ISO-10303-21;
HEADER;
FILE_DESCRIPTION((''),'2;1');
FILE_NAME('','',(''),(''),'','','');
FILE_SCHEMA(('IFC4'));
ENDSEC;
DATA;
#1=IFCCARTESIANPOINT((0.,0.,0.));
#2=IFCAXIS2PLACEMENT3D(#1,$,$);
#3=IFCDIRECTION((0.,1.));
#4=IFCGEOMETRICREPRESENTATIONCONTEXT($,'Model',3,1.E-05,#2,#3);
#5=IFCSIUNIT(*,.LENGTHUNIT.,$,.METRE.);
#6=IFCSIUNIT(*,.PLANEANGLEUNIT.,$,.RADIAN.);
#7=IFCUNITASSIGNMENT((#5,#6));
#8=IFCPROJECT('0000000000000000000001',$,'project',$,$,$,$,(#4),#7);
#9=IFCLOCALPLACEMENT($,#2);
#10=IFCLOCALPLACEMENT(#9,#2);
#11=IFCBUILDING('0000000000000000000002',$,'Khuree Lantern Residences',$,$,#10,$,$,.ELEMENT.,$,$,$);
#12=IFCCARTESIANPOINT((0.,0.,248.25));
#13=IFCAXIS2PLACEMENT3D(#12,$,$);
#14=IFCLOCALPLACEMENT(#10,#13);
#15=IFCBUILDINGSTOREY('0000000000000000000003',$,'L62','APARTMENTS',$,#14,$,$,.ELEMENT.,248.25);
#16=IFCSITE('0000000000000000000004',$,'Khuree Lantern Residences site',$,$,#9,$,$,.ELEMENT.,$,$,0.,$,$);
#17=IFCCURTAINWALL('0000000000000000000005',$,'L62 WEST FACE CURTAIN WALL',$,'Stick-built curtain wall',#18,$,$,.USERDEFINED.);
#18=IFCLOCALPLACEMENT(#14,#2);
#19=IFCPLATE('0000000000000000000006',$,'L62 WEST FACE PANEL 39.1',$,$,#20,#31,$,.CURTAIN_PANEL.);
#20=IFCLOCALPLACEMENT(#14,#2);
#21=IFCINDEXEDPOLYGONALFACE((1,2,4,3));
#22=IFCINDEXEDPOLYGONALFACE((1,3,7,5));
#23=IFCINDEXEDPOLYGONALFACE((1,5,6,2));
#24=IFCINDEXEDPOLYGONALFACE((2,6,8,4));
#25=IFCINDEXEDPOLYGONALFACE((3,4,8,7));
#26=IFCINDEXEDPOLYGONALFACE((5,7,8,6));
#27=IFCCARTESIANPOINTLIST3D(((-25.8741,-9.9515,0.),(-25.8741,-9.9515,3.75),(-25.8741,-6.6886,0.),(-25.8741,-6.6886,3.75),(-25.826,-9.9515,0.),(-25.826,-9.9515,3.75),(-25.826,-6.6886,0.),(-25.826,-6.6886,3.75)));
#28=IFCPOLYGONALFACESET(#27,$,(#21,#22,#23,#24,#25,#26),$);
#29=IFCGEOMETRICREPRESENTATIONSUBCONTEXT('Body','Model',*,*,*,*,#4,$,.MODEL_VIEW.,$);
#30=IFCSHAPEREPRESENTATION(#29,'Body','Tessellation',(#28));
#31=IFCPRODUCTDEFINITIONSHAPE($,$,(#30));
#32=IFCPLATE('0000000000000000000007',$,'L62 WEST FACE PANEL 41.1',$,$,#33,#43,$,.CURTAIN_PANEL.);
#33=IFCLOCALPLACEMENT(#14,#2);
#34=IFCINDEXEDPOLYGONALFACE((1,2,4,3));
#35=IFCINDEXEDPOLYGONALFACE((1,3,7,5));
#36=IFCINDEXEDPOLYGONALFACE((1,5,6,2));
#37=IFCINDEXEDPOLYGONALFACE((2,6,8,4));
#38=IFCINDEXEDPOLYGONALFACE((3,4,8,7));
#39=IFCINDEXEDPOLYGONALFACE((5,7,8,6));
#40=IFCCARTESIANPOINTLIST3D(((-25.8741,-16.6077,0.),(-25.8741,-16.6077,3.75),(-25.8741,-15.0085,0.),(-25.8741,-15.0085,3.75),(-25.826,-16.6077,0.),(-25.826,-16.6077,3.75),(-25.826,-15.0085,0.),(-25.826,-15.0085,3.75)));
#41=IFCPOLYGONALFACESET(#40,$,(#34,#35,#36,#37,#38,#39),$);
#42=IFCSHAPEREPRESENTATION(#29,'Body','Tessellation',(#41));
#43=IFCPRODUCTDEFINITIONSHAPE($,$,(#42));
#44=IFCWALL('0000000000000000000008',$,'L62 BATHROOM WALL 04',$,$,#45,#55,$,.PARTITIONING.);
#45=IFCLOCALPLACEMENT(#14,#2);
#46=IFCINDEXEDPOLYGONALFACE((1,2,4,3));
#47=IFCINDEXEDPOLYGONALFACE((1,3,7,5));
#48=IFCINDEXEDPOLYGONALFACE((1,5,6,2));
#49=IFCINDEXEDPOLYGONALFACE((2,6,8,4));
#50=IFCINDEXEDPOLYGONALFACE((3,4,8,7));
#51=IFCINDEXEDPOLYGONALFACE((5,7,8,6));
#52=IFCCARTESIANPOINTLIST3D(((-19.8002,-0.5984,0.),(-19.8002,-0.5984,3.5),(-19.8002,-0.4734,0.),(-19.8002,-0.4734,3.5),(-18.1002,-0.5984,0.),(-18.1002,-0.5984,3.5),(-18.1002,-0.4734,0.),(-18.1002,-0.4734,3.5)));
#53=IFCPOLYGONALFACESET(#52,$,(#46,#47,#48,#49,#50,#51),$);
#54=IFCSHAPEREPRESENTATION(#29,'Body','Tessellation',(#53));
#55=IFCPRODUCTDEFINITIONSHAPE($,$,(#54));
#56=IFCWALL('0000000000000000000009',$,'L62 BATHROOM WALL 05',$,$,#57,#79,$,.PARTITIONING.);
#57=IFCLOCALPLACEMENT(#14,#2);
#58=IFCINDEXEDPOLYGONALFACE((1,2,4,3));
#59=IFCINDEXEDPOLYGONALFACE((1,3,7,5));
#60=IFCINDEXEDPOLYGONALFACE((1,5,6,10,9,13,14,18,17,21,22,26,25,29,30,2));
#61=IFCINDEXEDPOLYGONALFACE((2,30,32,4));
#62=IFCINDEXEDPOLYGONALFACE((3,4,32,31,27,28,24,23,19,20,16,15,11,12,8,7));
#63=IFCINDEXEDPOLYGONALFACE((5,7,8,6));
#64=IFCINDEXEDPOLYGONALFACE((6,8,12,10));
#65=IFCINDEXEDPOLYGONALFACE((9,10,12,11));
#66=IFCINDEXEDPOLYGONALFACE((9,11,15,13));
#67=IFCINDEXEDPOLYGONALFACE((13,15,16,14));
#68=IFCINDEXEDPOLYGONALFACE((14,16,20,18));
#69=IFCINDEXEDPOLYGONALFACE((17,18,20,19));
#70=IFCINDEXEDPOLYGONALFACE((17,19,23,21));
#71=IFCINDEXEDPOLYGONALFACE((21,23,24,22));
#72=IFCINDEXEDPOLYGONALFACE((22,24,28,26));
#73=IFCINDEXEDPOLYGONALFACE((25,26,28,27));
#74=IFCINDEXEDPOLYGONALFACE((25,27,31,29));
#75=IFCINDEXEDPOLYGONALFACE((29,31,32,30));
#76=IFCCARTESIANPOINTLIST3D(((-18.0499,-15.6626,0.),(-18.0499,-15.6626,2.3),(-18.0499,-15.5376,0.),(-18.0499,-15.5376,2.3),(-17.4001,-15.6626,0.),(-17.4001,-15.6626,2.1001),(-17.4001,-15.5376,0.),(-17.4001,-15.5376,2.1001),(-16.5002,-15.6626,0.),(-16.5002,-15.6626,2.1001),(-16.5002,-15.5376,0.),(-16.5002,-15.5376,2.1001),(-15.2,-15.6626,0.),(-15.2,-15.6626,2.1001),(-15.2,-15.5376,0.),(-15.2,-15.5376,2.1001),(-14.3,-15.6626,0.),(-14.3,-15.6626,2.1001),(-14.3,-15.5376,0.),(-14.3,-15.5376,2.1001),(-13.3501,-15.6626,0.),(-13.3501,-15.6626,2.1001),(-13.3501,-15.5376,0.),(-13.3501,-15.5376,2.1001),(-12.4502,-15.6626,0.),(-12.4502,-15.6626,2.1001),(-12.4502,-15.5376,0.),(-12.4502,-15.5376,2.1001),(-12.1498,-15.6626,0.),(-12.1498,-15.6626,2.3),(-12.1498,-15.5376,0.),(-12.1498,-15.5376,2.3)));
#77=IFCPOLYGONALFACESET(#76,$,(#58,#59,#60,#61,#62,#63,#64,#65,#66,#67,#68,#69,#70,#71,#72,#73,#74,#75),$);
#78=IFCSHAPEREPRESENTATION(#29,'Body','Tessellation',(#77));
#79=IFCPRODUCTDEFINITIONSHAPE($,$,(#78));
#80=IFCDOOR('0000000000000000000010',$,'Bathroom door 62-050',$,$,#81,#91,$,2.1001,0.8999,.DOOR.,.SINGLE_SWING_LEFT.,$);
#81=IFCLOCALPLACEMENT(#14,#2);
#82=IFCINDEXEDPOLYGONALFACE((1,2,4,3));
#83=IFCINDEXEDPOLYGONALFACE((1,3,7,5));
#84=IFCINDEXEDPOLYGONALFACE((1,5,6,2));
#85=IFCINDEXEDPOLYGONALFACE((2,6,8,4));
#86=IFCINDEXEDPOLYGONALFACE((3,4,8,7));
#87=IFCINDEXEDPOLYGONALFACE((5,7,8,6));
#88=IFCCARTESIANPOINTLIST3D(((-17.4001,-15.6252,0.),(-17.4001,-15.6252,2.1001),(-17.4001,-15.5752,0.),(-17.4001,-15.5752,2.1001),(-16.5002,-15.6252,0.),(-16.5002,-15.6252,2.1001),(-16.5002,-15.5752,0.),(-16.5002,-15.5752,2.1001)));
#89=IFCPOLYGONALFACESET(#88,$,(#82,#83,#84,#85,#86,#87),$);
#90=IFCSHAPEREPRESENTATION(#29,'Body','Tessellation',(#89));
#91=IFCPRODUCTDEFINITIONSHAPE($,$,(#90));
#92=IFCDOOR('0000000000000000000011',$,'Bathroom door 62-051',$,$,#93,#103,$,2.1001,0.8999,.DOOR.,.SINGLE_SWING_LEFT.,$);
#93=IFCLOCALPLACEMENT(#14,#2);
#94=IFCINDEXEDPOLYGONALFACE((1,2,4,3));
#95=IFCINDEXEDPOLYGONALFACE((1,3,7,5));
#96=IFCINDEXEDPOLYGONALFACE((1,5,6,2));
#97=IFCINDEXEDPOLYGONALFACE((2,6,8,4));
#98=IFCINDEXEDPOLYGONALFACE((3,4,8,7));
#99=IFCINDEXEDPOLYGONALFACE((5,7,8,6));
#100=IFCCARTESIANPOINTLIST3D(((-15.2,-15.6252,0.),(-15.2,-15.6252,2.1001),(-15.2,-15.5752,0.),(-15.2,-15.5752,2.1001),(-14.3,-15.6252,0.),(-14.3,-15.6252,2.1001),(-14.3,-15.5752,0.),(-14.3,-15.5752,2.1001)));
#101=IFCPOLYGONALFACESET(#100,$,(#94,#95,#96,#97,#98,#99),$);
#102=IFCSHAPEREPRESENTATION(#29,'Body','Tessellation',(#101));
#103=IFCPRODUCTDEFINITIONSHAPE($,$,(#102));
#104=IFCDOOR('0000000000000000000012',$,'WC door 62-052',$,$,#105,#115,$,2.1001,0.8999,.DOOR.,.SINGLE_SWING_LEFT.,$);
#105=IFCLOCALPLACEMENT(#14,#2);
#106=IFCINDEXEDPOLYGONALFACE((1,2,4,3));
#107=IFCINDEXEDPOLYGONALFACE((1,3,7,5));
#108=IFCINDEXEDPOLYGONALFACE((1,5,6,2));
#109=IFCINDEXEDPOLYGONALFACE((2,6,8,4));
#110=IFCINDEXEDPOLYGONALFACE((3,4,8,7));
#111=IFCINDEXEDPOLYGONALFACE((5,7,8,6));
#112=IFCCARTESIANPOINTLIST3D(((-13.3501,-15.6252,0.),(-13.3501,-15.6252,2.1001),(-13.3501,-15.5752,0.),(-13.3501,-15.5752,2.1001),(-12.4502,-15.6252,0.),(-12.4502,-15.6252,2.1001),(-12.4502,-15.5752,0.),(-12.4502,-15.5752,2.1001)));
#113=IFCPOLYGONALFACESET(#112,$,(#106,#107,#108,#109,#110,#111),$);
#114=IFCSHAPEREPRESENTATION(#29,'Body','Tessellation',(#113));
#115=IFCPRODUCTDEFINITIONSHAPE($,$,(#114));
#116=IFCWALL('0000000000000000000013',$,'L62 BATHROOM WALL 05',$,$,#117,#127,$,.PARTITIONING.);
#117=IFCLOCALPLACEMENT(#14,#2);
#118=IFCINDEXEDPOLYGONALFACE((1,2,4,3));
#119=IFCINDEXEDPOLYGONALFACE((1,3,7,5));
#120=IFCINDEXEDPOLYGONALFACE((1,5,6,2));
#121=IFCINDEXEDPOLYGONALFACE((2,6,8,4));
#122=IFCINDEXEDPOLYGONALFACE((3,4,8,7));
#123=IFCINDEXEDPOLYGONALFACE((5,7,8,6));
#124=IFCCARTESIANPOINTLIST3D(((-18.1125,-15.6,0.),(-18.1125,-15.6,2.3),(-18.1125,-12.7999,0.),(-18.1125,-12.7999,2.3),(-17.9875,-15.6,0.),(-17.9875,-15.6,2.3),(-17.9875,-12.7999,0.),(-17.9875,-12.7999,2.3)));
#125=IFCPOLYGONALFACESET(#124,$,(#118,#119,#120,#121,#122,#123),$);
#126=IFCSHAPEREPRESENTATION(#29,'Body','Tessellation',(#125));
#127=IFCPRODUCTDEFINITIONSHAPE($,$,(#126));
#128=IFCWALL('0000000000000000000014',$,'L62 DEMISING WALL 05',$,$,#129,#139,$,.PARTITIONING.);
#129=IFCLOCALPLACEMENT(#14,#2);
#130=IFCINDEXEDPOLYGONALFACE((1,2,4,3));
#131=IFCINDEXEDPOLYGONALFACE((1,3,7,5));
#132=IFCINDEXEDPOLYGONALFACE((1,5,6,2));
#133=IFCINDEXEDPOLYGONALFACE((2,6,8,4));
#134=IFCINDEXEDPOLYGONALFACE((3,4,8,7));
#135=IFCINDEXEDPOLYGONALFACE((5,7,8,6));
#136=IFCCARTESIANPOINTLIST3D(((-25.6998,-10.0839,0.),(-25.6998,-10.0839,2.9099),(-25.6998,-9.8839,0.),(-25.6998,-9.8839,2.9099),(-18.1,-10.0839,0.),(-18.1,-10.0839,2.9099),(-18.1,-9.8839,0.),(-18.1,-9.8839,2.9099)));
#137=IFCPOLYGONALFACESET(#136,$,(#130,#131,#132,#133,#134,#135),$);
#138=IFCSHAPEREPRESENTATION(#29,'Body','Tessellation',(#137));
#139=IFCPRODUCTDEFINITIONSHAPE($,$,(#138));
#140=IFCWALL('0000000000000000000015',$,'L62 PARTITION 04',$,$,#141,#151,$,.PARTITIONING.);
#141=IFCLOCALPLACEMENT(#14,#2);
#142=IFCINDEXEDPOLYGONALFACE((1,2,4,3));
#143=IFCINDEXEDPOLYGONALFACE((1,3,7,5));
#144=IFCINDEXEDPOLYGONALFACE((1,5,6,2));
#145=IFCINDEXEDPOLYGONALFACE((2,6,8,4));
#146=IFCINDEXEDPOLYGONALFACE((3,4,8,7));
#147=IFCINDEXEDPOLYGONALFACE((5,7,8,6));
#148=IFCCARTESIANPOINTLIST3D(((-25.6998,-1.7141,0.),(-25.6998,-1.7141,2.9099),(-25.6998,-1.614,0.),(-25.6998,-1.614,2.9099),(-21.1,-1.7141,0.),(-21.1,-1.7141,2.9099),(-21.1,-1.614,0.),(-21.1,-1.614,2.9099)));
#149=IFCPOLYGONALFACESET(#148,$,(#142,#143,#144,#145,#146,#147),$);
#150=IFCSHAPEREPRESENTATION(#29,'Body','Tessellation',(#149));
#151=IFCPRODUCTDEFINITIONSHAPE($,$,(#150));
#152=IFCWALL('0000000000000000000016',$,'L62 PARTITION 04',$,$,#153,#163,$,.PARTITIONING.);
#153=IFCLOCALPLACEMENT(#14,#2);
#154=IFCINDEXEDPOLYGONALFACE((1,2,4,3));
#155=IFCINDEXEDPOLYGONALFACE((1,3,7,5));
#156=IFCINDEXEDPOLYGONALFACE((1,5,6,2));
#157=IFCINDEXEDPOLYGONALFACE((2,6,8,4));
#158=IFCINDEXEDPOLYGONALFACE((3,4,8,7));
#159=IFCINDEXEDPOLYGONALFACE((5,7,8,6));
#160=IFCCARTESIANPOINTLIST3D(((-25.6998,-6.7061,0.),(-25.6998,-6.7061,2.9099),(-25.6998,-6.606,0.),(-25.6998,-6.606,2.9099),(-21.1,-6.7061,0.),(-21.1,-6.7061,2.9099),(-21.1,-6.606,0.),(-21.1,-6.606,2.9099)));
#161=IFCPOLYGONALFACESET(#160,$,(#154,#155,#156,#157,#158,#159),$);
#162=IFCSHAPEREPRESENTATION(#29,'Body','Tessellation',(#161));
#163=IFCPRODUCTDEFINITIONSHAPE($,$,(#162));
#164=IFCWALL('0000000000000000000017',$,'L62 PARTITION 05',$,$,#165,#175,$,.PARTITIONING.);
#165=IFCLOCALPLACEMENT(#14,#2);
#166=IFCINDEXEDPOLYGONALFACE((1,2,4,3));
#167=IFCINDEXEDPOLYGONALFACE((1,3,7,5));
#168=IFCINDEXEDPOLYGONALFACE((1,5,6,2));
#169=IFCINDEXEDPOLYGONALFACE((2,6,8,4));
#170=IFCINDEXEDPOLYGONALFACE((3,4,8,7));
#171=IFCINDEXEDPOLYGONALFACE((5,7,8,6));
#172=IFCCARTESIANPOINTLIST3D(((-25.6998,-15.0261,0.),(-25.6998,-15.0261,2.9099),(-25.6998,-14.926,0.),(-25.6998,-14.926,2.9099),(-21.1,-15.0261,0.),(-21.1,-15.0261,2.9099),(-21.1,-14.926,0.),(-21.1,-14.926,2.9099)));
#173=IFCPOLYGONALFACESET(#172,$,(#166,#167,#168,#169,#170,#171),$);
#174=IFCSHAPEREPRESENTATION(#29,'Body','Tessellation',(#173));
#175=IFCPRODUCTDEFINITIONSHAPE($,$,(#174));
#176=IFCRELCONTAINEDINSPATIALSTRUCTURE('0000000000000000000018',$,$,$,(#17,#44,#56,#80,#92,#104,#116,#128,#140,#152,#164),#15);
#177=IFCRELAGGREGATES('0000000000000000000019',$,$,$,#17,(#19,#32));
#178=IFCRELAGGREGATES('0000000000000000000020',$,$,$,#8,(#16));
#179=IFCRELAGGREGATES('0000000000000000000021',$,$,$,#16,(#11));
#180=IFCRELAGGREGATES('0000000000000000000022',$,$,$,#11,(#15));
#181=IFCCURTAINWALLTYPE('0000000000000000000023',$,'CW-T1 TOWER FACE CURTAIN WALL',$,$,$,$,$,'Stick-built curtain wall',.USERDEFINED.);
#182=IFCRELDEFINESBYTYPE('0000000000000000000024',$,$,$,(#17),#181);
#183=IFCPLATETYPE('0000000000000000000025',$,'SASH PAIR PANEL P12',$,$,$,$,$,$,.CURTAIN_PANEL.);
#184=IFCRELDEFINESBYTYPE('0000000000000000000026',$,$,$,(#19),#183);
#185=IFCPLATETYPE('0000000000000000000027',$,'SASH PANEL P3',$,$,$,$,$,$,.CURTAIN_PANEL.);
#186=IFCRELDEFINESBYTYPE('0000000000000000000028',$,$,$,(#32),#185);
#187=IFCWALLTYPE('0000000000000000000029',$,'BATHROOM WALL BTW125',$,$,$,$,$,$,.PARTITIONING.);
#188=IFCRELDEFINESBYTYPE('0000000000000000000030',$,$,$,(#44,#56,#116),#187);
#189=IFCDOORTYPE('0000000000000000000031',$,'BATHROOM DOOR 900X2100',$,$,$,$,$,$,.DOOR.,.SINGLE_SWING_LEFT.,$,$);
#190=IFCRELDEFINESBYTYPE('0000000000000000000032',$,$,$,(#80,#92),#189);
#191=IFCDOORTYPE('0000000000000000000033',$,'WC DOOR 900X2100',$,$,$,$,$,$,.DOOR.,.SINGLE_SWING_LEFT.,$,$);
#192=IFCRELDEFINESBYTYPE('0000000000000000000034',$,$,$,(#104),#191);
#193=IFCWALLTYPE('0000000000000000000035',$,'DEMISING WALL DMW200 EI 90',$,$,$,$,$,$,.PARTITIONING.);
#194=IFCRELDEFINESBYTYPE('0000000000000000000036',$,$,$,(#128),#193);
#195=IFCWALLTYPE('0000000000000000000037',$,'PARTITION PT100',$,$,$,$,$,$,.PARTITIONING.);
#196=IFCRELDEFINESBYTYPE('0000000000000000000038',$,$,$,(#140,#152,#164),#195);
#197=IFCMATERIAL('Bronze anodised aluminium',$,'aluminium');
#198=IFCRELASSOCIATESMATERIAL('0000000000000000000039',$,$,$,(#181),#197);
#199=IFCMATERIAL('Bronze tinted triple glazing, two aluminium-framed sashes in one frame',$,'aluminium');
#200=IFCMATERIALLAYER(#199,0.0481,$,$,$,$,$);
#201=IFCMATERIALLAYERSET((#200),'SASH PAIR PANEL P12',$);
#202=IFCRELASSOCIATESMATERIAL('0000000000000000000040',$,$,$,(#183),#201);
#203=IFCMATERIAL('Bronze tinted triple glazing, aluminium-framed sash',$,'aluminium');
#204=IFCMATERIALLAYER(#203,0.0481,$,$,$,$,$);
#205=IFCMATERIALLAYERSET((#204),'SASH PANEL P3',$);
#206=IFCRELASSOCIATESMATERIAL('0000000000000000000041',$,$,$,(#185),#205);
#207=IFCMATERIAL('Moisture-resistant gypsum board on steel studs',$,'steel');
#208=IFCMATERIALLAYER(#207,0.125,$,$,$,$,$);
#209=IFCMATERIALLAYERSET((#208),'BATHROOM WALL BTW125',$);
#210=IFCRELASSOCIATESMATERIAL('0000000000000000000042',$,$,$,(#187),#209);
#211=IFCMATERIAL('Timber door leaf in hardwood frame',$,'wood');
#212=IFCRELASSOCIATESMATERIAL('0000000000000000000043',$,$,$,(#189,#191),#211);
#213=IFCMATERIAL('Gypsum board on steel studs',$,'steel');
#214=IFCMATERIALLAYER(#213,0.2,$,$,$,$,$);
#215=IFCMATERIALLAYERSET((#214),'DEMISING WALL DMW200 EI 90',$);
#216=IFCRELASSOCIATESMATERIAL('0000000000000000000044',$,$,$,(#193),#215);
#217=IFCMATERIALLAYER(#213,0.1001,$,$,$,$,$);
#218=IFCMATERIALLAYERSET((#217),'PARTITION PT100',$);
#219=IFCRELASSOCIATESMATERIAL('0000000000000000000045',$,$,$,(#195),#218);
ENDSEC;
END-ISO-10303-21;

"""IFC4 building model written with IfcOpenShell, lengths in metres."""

from ifc_helpers import new_model, si_unit, direction, frame, frame_2d, origin, origin_2d, place, context, subcontext, project, spatial, rectangle, extrude, material, layer, layer_set, type_object, element, fill, aggregate, save


model = new_model("IFC4")

# Units and contexts
model_context = context("Model", 3, precision=1e-05, world=origin(), true_north=direction((0.0, 1.0)))
body_context = subcontext(model_context, "Body", "Model", "MODEL_VIEW")
ifc_project = project(units=[si_unit("LENGTHUNIT", "METRE"), si_unit("PLANEANGLEUNIT", "RADIAN")], contexts=[model_context])

# Site, building, storey
site_placement = place(None, origin())
site = spatial("IfcSite", under=ifc_project, at=site_placement, Name="Khuree Lantern Residences site", CompositionType="ELEMENT", RefElevation=0.0)
building_placement = place(site_placement, origin())
building = spatial("IfcBuilding", under=site, at=building_placement, Name="Khuree Lantern Residences", CompositionType="ELEMENT")
storey_placement = place(building_placement, frame((0.0, 0.0, 248.25)))
storey = spatial("IfcBuildingStorey", under=building, at=storey_placement, Name="L62", Description="APARTMENTS", CompositionType="ELEMENT", Elevation=248.25)

# Curtain wall
ifc_material_1 = material(Name="Bronze anodised aluminium", Category="aluminium")
curtain_wall_type = type_object("IfcCurtainWallType", Name="CW-T1 TOWER FACE CURTAIN WALL", ElementType="Stick-built curtain wall", PredefinedType="USERDEFINED", material=ifc_material_1)
curtain_wall_placement = place(storey_placement, origin())
curtain_wall = element("IfcCurtainWall", 1, at=curtain_wall_placement, inside=storey, type_object=curtain_wall_type, Name="L62 WEST FACE CURTAIN WALL", ObjectType="Stick-built curtain wall", PredefinedType="USERDEFINED")

# Plates
ifc_material_2 = material(Name="Bronze tinted triple glazing, two aluminium-framed sashes in one frame", Category="aluminium")
ifc_layer_1 = layer(ifc_material_2, 0.0481)
ifc_layer_set_1 = layer_set([ifc_layer_1], Name="SASH PAIR PANEL P12")
plate_type_1 = type_object("IfcPlateType", Name="SASH PAIR PANEL P12", PredefinedType="CURTAIN_PANEL", material=ifc_layer_set_1)
plate_1_placement = place(storey_placement, frame((-25.8501, -8.3201, 0.0), z_axis=(0.0, 0.0, 1.0), x_axis=(0.0, -1.0, 0.0)))
plate_1 = element("IfcPlate", 2, at=plate_1_placement, type_object=plate_type_1, Name="L62 WEST FACE PANEL 39.1", PredefinedType="CURTAIN_PANEL", context=body_context, shape_type="SweptSolid", body=[
    extrude(rectangle(XDim=3.2629, YDim=0.0481, at=origin_2d()), origin(), (0.0, 0.0, 1.0), 3.75),
])
ifc_material_3 = material(Name="Bronze tinted triple glazing, aluminium-framed sash", Category="aluminium")
ifc_layer_2 = layer(ifc_material_3, 0.0481)
ifc_layer_set_2 = layer_set([ifc_layer_2], Name="SASH PANEL P3")
plate_type_2 = type_object("IfcPlateType", Name="SASH PANEL P3", PredefinedType="CURTAIN_PANEL", material=ifc_layer_set_2)
plate_2_placement = place(storey_placement, frame((-25.8501, -15.8081, 0.0), z_axis=(0.0, 0.0, 1.0), x_axis=(0.0, -1.0, 0.0)))
plate_2 = element("IfcPlate", 3, at=plate_2_placement, type_object=plate_type_2, Name="L62 WEST FACE PANEL 41.1", PredefinedType="CURTAIN_PANEL", context=body_context, shape_type="SweptSolid", body=[
    extrude(rectangle(XDim=1.5991, YDim=0.0481, at=origin_2d()), origin(), (0.0, 0.0, 1.0), 3.75),
])
aggregate(curtain_wall, [plate_1, plate_2])

# Wall
ifc_material_4 = material(Name="Moisture-resistant gypsum board on steel studs", Category="steel")
ifc_layer_3 = layer(ifc_material_4, 0.125)
ifc_layer_set_3 = layer_set([ifc_layer_3], Name="BATHROOM WALL BTW125")
wall_type_1 = type_object("IfcWallType", Name="BATHROOM WALL BTW125", PredefinedType="PARTITIONING", material=ifc_layer_set_3)
wall_1_placement = place(storey_placement, frame((-18.1001, -0.5359, 0.0), z_axis=(0.0, 0.0, 1.0), x_axis=(-1.0, 0.0, 0.0)))
element("IfcWall", 4, at=wall_1_placement, inside=storey, type_object=wall_type_1, Name="L62 BATHROOM WALL 04", PredefinedType="PARTITIONING", context=body_context, shape_type="SweptSolid", body=[
    extrude(rectangle(XDim=1.7, YDim=0.125, at=frame_2d((0.8501, 0.0))), origin(), (0.0, 0.0, 1.0), 3.5),
])

# Wall, openings, doors
wall_2_placement = place(storey_placement, frame((-18.05, -15.6001, 0.0), z_axis=(0.0, 0.0, 1.0), x_axis=(1.0, 0.0, 0.0)))
wall_2 = element("IfcWall", 5, at=wall_2_placement, inside=storey, type_object=wall_type_1, Name="L62 BATHROOM WALL 05", PredefinedType="PARTITIONING", context=body_context, shape_type="SweptSolid", body=[
    extrude(rectangle(XDim=5.9001, YDim=0.125, at=frame_2d((2.9502, 0.0))), origin(), (0.0, 0.0, 1.0), 2.3),
])
opening_1_placement = place(wall_2_placement, frame((0.6499, 0.0, 0.0)))
opening_1 = element("IfcOpeningElement", 6, at=opening_1_placement, cuts=wall_2, PredefinedType="OPENING", context=body_context, shape_type="SweptSolid", body=[
    extrude(rectangle(XDim=0.8999, YDim=2.1001, at=frame_2d((0.45, 1.05))), frame((0.0, 0.0725, 0.0), z_axis=(0.0, -1.0, 0.0), x_axis=(1.0, 0.0, 0.0)), (0.0, 0.0, 1.0), 0.145),
])
opening_2_placement = place(wall_2_placement, frame((2.8501, 0.0, 0.0)))
opening_2 = element("IfcOpeningElement", 7, at=opening_2_placement, cuts=wall_2, PredefinedType="OPENING", context=body_context, shape_type="SweptSolid", body=[
    extrude(rectangle(XDim=0.8999, YDim=2.1001, at=frame_2d((0.45, 1.05))), frame((0.0, 0.0725, 0.0), z_axis=(0.0, -1.0, 0.0), x_axis=(1.0, 0.0, 0.0)), (0.0, 0.0, 1.0), 0.145),
])
opening_3_placement = place(wall_2_placement, frame((4.7, 0.0, 0.0)))
opening_3 = element("IfcOpeningElement", 8, at=opening_3_placement, cuts=wall_2, PredefinedType="OPENING", context=body_context, shape_type="SweptSolid", body=[
    extrude(rectangle(XDim=0.8999, YDim=2.1001, at=frame_2d((0.45, 1.05))), frame((0.0, 0.0725, 0.0), z_axis=(0.0, -1.0, 0.0), x_axis=(1.0, 0.0, 0.0)), (0.0, 0.0, 1.0), 0.145),
])
ifc_material_5 = material(Name="Timber door leaf in hardwood frame", Category="wood")
door_type_1 = type_object("IfcDoorType", Name="BATHROOM DOOR 900X2100", OperationType="SINGLE_SWING_LEFT", PredefinedType="DOOR", material=ifc_material_5)
door_1_placement = place(opening_1_placement, origin())
door_1 = element("IfcDoor", 9, at=door_1_placement, inside=storey, type_object=door_type_1, Name="Bathroom door 62-050", OperationType="SINGLE_SWING_LEFT", OverallHeight=2.1001, OverallWidth=0.8999, PredefinedType="DOOR", context=body_context, shape_type="SweptSolid", body=[
    extrude(rectangle(XDim=0.8999, YDim=2.1001, at=frame_2d((0.45, 1.05))), frame((0.0, 0.0249, 0.0), z_axis=(0.0, -1.0, 0.0), x_axis=(1.0, 0.0, 0.0)), (0.0, 0.0, 1.0), 0.05),
])
fill(opening_1, door_1)
door_2_placement = place(opening_2_placement, origin())
door_2 = element("IfcDoor", 10, at=door_2_placement, inside=storey, type_object=door_type_1, Name="Bathroom door 62-051", OperationType="SINGLE_SWING_LEFT", OverallHeight=2.1001, OverallWidth=0.8999, PredefinedType="DOOR", context=body_context, shape_type="SweptSolid", body=[
    extrude(rectangle(XDim=0.8999, YDim=2.1001, at=frame_2d((0.45, 1.05))), frame((0.0, 0.0249, 0.0), z_axis=(0.0, -1.0, 0.0), x_axis=(1.0, 0.0, 0.0)), (0.0, 0.0, 1.0), 0.05),
])
fill(opening_2, door_2)
door_type_2 = type_object("IfcDoorType", Name="WC DOOR 900X2100", OperationType="SINGLE_SWING_LEFT", PredefinedType="DOOR", material=ifc_material_5)
door_3_placement = place(opening_3_placement, origin())
door_3 = element("IfcDoor", 11, at=door_3_placement, inside=storey, type_object=door_type_2, Name="WC door 62-052", OperationType="SINGLE_SWING_LEFT", OverallHeight=2.1001, OverallWidth=0.8999, PredefinedType="DOOR", context=body_context, shape_type="SweptSolid", body=[
    extrude(rectangle(XDim=0.8999, YDim=2.1001, at=frame_2d((0.45, 1.05))), frame((0.0, 0.0249, 0.0), z_axis=(0.0, -1.0, 0.0), x_axis=(1.0, 0.0, 0.0)), (0.0, 0.0, 1.0), 0.05),
])
fill(opening_3, door_3)

# Walls
wall_3_placement = place(storey_placement, frame((-18.05, -12.8, 0.0), z_axis=(0.0, 0.0, 1.0), x_axis=(0.0, -1.0, 0.0)))
element("IfcWall", 12, at=wall_3_placement, inside=storey, type_object=wall_type_1, Name="L62 BATHROOM WALL 05", PredefinedType="PARTITIONING", context=body_context, shape_type="SweptSolid", body=[
    extrude(rectangle(XDim=2.8, YDim=0.125, at=frame_2d((1.3999, 0.0))), origin(), (0.0, 0.0, 1.0), 2.3),
])
ifc_material_6 = material(Name="Gypsum board on steel studs", Category="steel")
ifc_layer_4 = layer(ifc_material_6, 0.2)
ifc_layer_set_4 = layer_set([ifc_layer_4], Name="DEMISING WALL DMW200 EI 90")
wall_type_2 = type_object("IfcWallType", Name="DEMISING WALL DMW200 EI 90", PredefinedType="PARTITIONING", material=ifc_layer_set_4)
wall_4_placement = place(storey_placement, frame((-18.1001, -9.9839, 0.0), z_axis=(0.0, 0.0, 1.0), x_axis=(-1.0, 0.0, 0.0)))
element("IfcWall", 13, at=wall_4_placement, inside=storey, type_object=wall_type_2, Name="L62 DEMISING WALL 05", PredefinedType="PARTITIONING", context=body_context, shape_type="SweptSolid", body=[
    extrude(rectangle(XDim=7.5999, YDim=0.2, at=frame_2d((3.7998, 0.0))), origin(), (0.0, 0.0, 1.0), 2.9099),
])
ifc_layer_5 = layer(ifc_material_6, 0.1001)
ifc_layer_set_5 = layer_set([ifc_layer_5], Name="PARTITION PT100")
wall_type_3 = type_object("IfcWallType", Name="PARTITION PT100", PredefinedType="PARTITIONING", material=ifc_layer_set_5)
for number, where, z_axis, x_axis, name in (
    (14, (-21.1001, -1.6641, 0.0), (0.0, 0.0, 1.0), (-1.0, 0.0, 0.0), "L62 PARTITION 04"),
    (15, (-21.1001, -6.656, 0.0), (0.0, 0.0, 1.0), (-1.0, 0.0, 0.0), "L62 PARTITION 04"),
    (16, (-21.1001, -14.9761, 0.0), (0.0, 0.0, 1.0), (-1.0, 0.0, 0.0), "L62 PARTITION 05"),
):
    element("IfcWall", number, at=place(storey_placement, frame(where, z_axis=z_axis, x_axis=x_axis)), inside=storey, type_object=wall_type_3, Name=name, PredefinedType="PARTITIONING", context=body_context, shape_type="SweptSolid", body=[
        extrude(rectangle(XDim=4.5999, YDim=0.1001, at=frame_2d((2.2998, 0.0))), origin(), (0.0, 0.0, 1.0), 2.9099),
    ])

save(model, "model.ifc")
